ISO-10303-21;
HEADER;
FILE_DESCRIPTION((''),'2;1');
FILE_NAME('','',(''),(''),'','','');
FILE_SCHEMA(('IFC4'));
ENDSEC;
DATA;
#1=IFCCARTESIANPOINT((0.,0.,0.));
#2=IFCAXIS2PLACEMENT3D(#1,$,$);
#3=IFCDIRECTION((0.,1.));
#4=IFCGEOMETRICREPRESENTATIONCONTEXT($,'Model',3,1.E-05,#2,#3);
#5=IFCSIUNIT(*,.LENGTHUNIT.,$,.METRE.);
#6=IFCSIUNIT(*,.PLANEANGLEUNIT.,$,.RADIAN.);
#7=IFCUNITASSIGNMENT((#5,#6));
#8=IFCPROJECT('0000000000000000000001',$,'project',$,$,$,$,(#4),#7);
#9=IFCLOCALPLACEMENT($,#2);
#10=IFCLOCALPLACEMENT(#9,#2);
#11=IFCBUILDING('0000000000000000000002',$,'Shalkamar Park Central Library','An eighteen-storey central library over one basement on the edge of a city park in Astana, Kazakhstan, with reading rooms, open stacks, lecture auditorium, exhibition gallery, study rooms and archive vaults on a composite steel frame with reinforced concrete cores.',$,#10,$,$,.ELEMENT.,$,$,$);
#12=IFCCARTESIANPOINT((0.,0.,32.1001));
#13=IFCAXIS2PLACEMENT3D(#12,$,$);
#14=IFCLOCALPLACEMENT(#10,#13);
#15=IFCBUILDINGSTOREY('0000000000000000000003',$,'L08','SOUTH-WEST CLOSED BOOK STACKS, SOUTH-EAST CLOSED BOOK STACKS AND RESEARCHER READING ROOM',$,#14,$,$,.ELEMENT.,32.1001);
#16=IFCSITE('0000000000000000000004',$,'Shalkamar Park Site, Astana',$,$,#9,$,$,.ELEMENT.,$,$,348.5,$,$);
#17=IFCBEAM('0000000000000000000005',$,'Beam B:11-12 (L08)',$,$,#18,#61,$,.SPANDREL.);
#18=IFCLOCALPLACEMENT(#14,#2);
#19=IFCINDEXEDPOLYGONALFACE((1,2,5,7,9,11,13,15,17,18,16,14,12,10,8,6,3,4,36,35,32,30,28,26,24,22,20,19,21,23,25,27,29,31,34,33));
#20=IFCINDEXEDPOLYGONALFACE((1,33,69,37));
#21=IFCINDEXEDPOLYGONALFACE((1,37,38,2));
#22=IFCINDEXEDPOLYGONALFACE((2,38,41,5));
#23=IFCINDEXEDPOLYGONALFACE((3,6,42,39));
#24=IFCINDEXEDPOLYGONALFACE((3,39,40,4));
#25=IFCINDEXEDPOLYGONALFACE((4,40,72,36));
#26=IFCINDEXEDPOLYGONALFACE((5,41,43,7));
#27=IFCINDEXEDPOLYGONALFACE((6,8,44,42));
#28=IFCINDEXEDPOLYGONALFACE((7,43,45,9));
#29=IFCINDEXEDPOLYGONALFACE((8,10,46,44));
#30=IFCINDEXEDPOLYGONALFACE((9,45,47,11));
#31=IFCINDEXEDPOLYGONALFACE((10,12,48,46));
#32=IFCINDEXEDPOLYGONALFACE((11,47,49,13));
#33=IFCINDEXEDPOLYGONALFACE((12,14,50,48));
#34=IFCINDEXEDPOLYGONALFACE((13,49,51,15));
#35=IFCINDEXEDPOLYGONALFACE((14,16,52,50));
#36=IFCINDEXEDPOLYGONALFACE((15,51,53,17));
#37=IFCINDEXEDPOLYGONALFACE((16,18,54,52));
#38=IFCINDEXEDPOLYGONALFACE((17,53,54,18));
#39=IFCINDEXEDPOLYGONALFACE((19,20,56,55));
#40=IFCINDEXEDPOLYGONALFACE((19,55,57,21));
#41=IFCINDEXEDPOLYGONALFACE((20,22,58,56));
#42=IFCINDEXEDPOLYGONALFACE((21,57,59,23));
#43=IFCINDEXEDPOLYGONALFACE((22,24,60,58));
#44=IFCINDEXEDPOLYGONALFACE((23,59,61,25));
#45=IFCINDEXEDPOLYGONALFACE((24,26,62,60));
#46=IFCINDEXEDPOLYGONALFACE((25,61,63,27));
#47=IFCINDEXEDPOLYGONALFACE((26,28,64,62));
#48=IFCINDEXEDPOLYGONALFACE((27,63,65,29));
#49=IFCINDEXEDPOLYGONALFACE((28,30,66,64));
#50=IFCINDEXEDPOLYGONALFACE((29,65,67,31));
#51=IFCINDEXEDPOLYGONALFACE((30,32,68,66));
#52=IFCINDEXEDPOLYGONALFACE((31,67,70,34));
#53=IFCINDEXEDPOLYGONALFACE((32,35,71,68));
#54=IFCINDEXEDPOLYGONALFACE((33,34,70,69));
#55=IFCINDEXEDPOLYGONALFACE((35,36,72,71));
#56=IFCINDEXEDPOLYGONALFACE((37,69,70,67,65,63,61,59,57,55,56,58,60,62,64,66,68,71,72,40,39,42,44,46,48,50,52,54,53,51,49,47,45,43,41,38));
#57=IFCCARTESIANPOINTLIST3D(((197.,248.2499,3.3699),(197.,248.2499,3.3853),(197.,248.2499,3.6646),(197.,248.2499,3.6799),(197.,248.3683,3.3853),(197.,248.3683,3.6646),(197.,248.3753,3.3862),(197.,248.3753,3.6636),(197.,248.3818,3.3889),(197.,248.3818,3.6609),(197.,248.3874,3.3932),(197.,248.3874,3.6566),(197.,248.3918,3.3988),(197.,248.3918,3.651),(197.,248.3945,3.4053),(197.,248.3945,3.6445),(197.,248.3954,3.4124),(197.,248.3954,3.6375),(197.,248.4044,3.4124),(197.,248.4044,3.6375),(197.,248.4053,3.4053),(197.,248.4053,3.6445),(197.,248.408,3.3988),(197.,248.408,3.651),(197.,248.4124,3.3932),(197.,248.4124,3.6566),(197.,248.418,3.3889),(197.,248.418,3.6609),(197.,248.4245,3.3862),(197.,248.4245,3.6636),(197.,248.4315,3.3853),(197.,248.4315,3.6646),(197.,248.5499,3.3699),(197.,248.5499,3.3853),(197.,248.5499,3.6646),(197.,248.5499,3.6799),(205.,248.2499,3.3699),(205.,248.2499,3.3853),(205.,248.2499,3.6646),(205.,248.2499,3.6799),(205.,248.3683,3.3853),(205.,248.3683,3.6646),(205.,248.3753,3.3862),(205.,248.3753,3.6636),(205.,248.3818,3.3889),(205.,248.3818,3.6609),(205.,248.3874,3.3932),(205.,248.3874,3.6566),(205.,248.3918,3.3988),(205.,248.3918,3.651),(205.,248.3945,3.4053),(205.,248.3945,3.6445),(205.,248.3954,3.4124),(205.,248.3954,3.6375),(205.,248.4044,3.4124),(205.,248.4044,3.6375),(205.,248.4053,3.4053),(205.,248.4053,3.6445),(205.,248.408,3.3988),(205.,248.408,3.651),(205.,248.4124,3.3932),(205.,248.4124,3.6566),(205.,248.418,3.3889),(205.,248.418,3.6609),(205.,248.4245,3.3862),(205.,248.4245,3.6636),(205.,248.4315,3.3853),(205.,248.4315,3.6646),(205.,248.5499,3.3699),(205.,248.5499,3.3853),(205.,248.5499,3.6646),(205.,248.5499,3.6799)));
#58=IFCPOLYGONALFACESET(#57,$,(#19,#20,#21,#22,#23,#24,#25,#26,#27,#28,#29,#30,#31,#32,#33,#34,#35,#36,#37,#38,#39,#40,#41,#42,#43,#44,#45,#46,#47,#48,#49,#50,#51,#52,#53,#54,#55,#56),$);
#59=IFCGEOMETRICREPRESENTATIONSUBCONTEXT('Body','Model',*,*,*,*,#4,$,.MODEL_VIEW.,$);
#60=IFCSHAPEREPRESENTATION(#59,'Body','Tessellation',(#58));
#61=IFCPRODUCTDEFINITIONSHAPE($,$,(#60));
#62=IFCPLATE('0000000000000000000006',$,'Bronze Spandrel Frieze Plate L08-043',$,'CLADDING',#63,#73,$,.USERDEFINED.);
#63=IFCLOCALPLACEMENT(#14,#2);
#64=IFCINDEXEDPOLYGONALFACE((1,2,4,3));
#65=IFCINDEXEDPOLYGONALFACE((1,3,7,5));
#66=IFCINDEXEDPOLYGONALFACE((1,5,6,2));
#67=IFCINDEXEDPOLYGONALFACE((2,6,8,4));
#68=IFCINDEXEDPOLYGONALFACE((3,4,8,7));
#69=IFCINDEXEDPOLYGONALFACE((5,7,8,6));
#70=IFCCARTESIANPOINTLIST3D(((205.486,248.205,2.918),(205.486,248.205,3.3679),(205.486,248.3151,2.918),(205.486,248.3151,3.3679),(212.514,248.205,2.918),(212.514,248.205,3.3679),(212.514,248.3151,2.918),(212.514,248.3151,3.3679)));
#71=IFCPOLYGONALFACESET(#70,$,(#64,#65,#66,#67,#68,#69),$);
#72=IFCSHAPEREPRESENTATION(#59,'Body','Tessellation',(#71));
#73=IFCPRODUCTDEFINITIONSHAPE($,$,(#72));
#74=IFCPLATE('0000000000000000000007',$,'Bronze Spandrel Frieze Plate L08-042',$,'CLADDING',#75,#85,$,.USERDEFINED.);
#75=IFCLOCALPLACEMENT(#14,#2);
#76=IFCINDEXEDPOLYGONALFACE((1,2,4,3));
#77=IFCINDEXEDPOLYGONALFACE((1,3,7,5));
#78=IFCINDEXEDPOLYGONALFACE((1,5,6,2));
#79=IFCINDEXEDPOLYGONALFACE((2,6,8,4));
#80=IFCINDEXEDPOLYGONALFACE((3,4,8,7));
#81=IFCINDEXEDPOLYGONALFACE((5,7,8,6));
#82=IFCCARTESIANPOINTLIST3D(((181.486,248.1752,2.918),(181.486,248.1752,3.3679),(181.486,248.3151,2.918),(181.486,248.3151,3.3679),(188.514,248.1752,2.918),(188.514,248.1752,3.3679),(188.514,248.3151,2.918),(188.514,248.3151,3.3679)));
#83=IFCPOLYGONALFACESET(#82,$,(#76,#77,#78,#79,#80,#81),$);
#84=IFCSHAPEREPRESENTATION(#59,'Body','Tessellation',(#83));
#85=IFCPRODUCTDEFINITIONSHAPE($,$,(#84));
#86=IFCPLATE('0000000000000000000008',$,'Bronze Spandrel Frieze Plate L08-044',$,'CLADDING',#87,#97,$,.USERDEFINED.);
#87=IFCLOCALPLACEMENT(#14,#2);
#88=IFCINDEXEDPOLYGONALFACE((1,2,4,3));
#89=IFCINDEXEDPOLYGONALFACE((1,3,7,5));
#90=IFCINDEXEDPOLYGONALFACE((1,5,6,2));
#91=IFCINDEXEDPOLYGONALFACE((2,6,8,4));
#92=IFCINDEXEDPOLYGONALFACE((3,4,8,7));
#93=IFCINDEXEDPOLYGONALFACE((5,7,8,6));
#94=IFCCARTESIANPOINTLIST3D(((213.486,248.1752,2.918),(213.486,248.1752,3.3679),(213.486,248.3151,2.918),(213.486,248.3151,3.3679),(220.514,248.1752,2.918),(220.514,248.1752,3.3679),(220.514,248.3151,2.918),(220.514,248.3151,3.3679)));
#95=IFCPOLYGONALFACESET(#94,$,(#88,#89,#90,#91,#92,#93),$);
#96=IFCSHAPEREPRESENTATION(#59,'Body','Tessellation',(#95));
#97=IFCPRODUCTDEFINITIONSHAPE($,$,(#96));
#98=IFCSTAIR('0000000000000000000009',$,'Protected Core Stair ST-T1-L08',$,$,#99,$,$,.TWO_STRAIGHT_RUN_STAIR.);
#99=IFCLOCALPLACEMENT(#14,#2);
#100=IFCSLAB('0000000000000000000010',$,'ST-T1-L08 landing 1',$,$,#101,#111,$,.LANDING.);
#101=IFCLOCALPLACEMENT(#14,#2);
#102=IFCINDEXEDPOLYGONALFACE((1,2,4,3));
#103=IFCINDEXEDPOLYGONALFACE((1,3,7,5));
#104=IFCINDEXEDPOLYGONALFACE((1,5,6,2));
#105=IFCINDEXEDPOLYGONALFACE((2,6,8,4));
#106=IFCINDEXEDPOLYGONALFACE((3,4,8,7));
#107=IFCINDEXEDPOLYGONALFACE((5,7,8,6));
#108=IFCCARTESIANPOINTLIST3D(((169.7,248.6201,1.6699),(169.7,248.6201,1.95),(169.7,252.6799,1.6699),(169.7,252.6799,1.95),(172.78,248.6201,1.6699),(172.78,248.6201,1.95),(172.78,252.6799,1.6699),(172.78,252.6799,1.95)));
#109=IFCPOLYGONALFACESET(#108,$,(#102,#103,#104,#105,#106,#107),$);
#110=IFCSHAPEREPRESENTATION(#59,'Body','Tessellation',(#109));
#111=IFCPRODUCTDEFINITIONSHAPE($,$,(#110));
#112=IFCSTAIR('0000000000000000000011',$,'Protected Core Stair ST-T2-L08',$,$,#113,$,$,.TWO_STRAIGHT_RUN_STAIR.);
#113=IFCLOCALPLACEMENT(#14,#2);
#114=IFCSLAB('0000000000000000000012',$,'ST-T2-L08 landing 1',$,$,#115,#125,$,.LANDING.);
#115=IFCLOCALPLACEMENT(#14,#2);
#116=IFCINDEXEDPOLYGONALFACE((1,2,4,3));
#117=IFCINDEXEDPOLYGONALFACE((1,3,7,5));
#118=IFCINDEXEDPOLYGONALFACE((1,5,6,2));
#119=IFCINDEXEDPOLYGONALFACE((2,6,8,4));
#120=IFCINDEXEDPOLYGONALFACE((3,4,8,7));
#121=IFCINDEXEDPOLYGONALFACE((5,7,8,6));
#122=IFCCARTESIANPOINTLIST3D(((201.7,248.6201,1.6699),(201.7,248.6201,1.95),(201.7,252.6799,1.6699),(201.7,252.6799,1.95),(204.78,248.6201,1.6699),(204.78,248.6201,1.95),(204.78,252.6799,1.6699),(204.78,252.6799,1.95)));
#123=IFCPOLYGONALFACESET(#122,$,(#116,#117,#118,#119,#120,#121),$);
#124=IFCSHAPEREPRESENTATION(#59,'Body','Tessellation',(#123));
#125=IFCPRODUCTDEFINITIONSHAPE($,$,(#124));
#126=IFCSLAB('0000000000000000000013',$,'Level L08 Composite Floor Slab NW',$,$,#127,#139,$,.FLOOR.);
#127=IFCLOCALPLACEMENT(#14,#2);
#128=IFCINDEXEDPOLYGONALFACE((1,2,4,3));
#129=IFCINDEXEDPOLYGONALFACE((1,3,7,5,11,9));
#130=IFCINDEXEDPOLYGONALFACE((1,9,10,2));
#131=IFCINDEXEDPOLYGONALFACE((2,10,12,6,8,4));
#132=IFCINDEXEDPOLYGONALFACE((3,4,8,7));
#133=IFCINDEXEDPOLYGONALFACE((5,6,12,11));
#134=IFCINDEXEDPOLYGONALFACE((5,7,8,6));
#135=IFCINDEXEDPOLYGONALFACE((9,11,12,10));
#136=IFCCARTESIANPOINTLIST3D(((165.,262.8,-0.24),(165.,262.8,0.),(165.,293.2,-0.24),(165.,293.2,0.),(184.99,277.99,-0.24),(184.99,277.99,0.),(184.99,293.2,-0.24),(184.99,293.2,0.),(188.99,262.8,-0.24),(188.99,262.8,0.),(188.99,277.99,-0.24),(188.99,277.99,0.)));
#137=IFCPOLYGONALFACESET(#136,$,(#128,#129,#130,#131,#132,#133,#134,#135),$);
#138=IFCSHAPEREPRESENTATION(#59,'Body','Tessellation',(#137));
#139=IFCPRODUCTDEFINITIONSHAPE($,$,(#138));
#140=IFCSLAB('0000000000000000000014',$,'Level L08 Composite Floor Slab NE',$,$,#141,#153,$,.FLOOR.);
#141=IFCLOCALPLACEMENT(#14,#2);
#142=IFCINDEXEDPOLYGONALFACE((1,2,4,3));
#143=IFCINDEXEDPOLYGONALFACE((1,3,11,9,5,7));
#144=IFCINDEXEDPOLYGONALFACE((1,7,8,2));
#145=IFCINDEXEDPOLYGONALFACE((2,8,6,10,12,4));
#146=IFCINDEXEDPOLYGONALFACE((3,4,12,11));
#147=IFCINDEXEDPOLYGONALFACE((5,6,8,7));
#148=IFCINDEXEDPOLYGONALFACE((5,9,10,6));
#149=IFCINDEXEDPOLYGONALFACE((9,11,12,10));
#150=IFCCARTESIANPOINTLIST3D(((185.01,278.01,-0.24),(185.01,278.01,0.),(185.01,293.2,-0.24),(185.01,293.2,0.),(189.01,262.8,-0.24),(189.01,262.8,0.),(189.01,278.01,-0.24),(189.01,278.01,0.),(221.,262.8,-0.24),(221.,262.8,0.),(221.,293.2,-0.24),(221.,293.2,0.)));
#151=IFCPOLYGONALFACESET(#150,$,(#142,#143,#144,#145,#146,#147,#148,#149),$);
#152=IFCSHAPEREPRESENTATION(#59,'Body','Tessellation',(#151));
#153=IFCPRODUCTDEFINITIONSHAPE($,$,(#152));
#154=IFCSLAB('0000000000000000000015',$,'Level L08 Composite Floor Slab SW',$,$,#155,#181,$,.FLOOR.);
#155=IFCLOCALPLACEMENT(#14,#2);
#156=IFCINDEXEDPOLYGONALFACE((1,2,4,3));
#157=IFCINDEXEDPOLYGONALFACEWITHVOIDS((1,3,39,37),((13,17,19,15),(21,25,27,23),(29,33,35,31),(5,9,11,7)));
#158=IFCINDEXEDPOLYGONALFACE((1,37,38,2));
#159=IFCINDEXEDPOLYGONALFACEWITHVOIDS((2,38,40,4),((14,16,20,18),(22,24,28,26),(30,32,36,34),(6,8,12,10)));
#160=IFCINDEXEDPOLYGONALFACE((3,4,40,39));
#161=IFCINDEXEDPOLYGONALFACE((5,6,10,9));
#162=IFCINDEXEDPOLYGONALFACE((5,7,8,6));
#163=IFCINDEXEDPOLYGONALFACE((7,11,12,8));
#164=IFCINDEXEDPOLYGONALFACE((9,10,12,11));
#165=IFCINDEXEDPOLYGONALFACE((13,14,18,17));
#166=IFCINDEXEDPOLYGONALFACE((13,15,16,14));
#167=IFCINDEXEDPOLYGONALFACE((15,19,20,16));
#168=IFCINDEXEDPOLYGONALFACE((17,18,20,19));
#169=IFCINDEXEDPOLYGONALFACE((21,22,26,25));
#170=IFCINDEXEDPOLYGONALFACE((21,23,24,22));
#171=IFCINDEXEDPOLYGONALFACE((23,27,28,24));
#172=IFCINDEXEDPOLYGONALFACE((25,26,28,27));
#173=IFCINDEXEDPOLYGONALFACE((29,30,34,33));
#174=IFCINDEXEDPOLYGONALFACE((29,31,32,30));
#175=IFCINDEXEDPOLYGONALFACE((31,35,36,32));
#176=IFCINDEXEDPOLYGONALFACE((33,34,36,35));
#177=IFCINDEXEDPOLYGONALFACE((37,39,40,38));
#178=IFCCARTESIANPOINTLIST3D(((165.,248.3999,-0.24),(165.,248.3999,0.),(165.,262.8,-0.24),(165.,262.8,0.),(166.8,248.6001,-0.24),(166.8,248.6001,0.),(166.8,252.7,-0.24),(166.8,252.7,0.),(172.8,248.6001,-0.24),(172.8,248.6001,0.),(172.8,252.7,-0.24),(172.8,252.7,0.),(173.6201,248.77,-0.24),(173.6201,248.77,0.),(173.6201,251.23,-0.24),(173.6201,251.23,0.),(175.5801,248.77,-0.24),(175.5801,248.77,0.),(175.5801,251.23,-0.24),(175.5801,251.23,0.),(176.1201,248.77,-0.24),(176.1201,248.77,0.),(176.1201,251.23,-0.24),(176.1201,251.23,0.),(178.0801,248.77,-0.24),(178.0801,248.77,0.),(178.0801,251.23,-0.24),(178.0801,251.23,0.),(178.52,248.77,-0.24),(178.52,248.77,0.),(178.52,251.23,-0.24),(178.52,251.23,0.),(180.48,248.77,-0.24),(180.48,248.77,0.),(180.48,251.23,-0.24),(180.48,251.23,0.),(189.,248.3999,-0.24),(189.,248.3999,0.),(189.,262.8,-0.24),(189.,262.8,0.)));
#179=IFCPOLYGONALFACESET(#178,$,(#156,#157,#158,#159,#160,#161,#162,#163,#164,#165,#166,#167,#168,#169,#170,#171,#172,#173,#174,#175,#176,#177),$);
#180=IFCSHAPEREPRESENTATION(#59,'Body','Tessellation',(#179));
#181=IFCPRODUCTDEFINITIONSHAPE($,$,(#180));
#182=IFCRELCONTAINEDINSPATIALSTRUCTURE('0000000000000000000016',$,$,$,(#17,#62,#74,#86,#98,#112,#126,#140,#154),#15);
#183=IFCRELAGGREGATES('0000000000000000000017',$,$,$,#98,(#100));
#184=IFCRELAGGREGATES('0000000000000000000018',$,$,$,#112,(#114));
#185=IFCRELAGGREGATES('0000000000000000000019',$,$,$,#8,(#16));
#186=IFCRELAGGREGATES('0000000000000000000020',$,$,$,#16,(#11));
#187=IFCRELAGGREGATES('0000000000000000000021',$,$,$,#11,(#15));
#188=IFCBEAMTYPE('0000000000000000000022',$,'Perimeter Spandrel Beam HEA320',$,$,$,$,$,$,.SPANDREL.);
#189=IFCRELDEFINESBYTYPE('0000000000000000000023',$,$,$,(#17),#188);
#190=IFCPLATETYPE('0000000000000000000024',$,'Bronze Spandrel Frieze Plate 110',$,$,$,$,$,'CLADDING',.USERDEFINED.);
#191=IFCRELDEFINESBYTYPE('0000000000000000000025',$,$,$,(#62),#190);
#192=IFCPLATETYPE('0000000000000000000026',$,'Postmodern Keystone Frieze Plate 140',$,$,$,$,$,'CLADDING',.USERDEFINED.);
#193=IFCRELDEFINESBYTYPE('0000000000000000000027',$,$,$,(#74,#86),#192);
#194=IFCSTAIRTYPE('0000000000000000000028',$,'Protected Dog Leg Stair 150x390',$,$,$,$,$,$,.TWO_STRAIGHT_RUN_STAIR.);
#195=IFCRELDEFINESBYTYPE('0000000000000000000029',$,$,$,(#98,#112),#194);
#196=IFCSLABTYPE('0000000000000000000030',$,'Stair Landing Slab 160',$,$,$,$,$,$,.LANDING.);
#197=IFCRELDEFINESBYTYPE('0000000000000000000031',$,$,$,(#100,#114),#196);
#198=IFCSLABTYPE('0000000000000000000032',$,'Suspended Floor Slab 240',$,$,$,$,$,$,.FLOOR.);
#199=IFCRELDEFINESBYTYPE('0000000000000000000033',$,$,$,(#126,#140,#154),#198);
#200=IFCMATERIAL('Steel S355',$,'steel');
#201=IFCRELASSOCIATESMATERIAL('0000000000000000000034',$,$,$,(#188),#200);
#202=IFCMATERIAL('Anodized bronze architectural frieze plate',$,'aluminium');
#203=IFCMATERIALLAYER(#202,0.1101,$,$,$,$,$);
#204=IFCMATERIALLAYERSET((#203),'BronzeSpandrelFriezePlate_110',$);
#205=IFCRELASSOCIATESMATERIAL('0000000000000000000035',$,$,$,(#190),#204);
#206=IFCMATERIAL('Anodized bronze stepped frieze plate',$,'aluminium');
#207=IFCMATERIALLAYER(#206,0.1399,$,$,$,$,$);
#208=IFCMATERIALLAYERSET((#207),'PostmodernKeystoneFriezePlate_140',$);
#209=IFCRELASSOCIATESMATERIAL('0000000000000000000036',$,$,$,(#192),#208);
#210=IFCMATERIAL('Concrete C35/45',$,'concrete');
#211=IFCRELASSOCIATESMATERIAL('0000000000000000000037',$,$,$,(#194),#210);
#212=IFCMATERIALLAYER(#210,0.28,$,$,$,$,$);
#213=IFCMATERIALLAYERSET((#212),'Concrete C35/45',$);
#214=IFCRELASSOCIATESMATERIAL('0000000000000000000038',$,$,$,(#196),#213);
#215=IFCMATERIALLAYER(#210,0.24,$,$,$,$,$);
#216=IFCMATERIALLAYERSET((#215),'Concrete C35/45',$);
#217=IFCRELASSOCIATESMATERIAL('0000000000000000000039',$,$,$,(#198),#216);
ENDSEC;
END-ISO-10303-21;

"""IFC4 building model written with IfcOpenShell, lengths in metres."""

from ifc_helpers import new_model, si_unit, direction, frame, origin, origin_2d, place, context, subcontext, project, spatial, polyline, rectangle, i_section, outline, extrude, material, layer, layer_set, material_profile, profile_set, type_object, element, aggregate, save


model = new_model("IFC4")

# Units and contexts
model_context = context("Model", 3, precision=1e-05, world=origin(), true_north=direction((0.0, 1.0)))
body_context = subcontext(model_context, "Body", "Model", "MODEL_VIEW")
ifc_project = project(units=[si_unit("LENGTHUNIT", "METRE"), si_unit("PLANEANGLEUNIT", "RADIAN")], contexts=[model_context])

# Site, building, storey
site_placement = place(None, origin())
site = spatial("IfcSite", under=ifc_project, at=site_placement, Name="Shalkamar Park Site, Astana", CompositionType="ELEMENT", RefElevation=348.5)
building_placement = place(site_placement, origin())
building = spatial("IfcBuilding", under=site, at=building_placement, Name="Shalkamar Park Central Library", Description="An eighteen-storey central library over one basement on the edge of a city park in Astana, Kazakhstan, with reading rooms, open stacks, lecture auditorium, exhibition gallery, study rooms and archive vaults on a composite steel frame with reinforced concrete cores.", CompositionType="ELEMENT")
storey_placement = place(building_placement, frame((0.0, 0.0, 32.1001)))
storey = spatial("IfcBuildingStorey", under=building, at=storey_placement, Name="L08", Description="SOUTH-WEST CLOSED BOOK STACKS, SOUTH-EAST CLOSED BOOK STACKS AND RESEARCHER READING ROOM", CompositionType="ELEMENT", Elevation=32.1001)

# Shared definitions
ifc_material_1 = material(Name="Steel S355", Category="steel")

# Beam
ifc_material_profile_1 = material_profile(ifc_material_1, i_section(OverallWidth=0.3, OverallDepth=0.3101, WebThickness=0.009, FlangeThickness=0.0154, FilletRadius=0.0271, at=origin_2d()), Name="HEA 320")
ifc_profile_set_1 = profile_set([ifc_material_profile_1], Name="Steel S355")
beam_type = type_object("IfcBeamType", Name="Perimeter Spandrel Beam HEA320", PredefinedType="SPANDREL", material=ifc_profile_set_1)
for number, where, z_axis, x_axis, name in (
    (1, (197.0, 248.3999, 3.5249), (1.0, 0.0, 0.0), (0.0, 1.0, 0.0), "Beam B:11-12 (L08)"),
):
    element("IfcBeam", number, at=place(storey_placement, frame(where, z_axis=z_axis, x_axis=x_axis)), inside=storey, type_object=beam_type, Name=name, PredefinedType="SPANDREL", context=body_context, shape_type="SweptSolid", body=[
        extrude(i_section(OverallWidth=0.3, OverallDepth=0.3101, WebThickness=0.009, FlangeThickness=0.0154, FilletRadius=0.0271, at=origin_2d()), origin(), (0.0, 0.0, 1.0), 8.0),
    ])

# Plates
ifc_material_2 = material(Name="Anodized bronze architectural frieze plate", Category="aluminium")
ifc_layer_1 = layer(ifc_material_2, 0.1101)
ifc_layer_set_1 = layer_set([ifc_layer_1], Name="BronzeSpandrelFriezePlate_110")
plate_type_1 = type_object("IfcPlateType", Name="Bronze Spandrel Frieze Plate 110", ElementType="CLADDING", PredefinedType="USERDEFINED", material=ifc_layer_set_1)
plate_placement = place(storey_placement, frame((209.0, 248.26, 2.918), z_axis=(0.0, 0.0, 1.0), x_axis=(1.0, 0.0, 0.0)))
element("IfcPlate", 2, at=plate_placement, inside=storey, type_object=plate_type_1, Name="Bronze Spandrel Frieze Plate L08-043", ObjectType="CLADDING", PredefinedType="USERDEFINED", context=body_context, shape_type="SweptSolid", body=[
    extrude(rectangle(XDim=7.0281, YDim=0.1101, at=origin_2d()), origin(), (0.0, 0.0, 1.0), 0.45),
])
ifc_material_3 = material(Name="Anodized bronze stepped frieze plate", Category="aluminium")
ifc_layer_2 = layer(ifc_material_3, 0.1399)
ifc_layer_set_2 = layer_set([ifc_layer_2], Name="PostmodernKeystoneFriezePlate_140")
plate_type_2 = type_object("IfcPlateType", Name="Postmodern Keystone Frieze Plate 140", ElementType="CLADDING", PredefinedType="USERDEFINED", material=ifc_layer_set_2)
for number, where, z_axis, x_axis, name in (
    (3, (185.0, 248.2451, 2.918), (0.0, 0.0, 1.0), (1.0, 0.0, 0.0), "Bronze Spandrel Frieze Plate L08-042"),
    (4, (217.0, 248.2451, 2.918), (0.0, 0.0, 1.0), (1.0, 0.0, 0.0), "Bronze Spandrel Frieze Plate L08-044"),
):
    element("IfcPlate", number, at=place(storey_placement, frame(where, z_axis=z_axis, x_axis=x_axis)), inside=storey, type_object=plate_type_2, Name=name, ObjectType="CLADDING", PredefinedType="USERDEFINED", context=body_context, shape_type="SweptSolid", body=[
        extrude(rectangle(XDim=7.0281, YDim=0.1399, at=origin_2d()), origin(), (0.0, 0.0, 1.0), 0.45),
    ])

# Stairs, slabs
ifc_material_4 = material(Name="Concrete C35/45", Category="concrete")
stair_type = type_object("IfcStairType", Name="Protected Dog Leg Stair 150x390", PredefinedType="TWO_STRAIGHT_RUN_STAIR", material=ifc_material_4)
stair_1_placement = place(storey_placement, origin())
stair_1 = element("IfcStair", 5, at=stair_1_placement, inside=storey, type_object=stair_type, Name="Protected Core Stair ST-T1-L08", PredefinedType="TWO_STRAIGHT_RUN_STAIR")
ifc_layer_3 = layer(ifc_material_4, 0.28)
ifc_layer_set_3 = layer_set([ifc_layer_3], Name="Concrete C35/45")
slab_type_1 = type_object("IfcSlabType", Name="Stair Landing Slab 160", PredefinedType="LANDING", material=ifc_layer_set_3)
slab_1_placement = place(storey_placement, frame((0.0, 0.0, 1.6699)))
slab_1 = element("IfcSlab", 6, at=slab_1_placement, type_object=slab_type_1, Name="ST-T1-L08 landing 1", PredefinedType="LANDING", context=body_context, shape_type="SweptSolid", body=[
    extrude(outline(polyline([(169.7, 248.6201), (172.78, 248.6201), (172.78, 252.6799), (169.7, 252.6799), (169.7, 248.6201)])), origin(), (0.0, 0.0, 1.0), 0.28),
])
aggregate(stair_1, [slab_1])
stair_2_placement = place(storey_placement, origin())
stair_2 = element("IfcStair", 7, at=stair_2_placement, inside=storey, type_object=stair_type, Name="Protected Core Stair ST-T2-L08", PredefinedType="TWO_STRAIGHT_RUN_STAIR")
slab_2_placement = place(storey_placement, frame((0.0, 0.0, 1.6699)))
slab_2 = element("IfcSlab", 8, at=slab_2_placement, type_object=slab_type_1, Name="ST-T2-L08 landing 1", PredefinedType="LANDING", context=body_context, shape_type="SweptSolid", body=[
    extrude(outline(polyline([(201.7, 248.6201), (204.78, 248.6201), (204.78, 252.6799), (201.7, 252.6799), (201.7, 248.6201)])), origin(), (0.0, 0.0, 1.0), 0.28),
])
aggregate(stair_2, [slab_2])

# Slabs
ifc_layer_4 = layer(ifc_material_4, 0.24)
ifc_layer_set_4 = layer_set([ifc_layer_4], Name="Concrete C35/45")
slab_type_2 = type_object("IfcSlabType", Name="Suspended Floor Slab 240", PredefinedType="FLOOR", material=ifc_layer_set_4)
slab_3_placement = place(storey_placement, frame((0.0, 0.0, -0.24)))
element("IfcSlab", 9, at=slab_3_placement, inside=storey, type_object=slab_type_2, Name="Level L08 Composite Floor Slab NW", PredefinedType="FLOOR", context=body_context, shape_type="SweptSolid", body=[
    extrude(outline(polyline([(165.0, 262.8), (188.99, 262.8), (188.99, 277.99), (184.99, 277.99), (184.99, 293.2), (165.0, 293.2), (165.0, 262.8)])), origin(), (0.0, 0.0, 1.0), 0.24),
])
slab_4_placement = place(storey_placement, frame((0.0, 0.0, -0.24)))
element("IfcSlab", 10, at=slab_4_placement, inside=storey, type_object=slab_type_2, Name="Level L08 Composite Floor Slab NE", PredefinedType="FLOOR", context=body_context, shape_type="SweptSolid", body=[
    extrude(outline(polyline([(189.01, 262.8), (221.0, 262.8), (221.0, 293.2), (185.01, 293.2), (185.01, 278.01), (189.01, 278.01), (189.01, 262.8)])), origin(), (0.0, 0.0, 1.0), 0.24),
])
slab_5_placement = place(storey_placement, frame((0.0, 0.0, -0.24)))
element("IfcSlab", 11, at=slab_5_placement, inside=storey, type_object=slab_type_2, Name="Level L08 Composite Floor Slab SW", PredefinedType="FLOOR", context=body_context, shape_type="SweptSolid", body=[
    extrude(outline(polyline([(165.0, 248.3999), (165.0, 262.8), (189.0, 262.8), (189.0, 248.3999), (165.0, 248.3999)]), holes=[polyline([(173.6201, 248.77), (175.5801, 248.77), (175.5801, 251.23), (173.6201, 251.23), (173.6201, 248.77)]), polyline([(176.1201, 251.23), (176.1201, 248.77), (178.0801, 248.77), (178.0801, 251.23), (176.1201, 251.23)]), polyline([(178.52, 251.23), (178.52, 248.77), (180.48, 248.77), (180.48, 251.23), (178.52, 251.23)]), polyline([(166.8, 252.7), (166.8, 248.6001), (172.8, 248.6001), (172.8, 252.7), (166.8, 252.7)])]), origin(), (0.0, 0.0, 1.0), 0.24),
])

save(model, "model.ifc")
